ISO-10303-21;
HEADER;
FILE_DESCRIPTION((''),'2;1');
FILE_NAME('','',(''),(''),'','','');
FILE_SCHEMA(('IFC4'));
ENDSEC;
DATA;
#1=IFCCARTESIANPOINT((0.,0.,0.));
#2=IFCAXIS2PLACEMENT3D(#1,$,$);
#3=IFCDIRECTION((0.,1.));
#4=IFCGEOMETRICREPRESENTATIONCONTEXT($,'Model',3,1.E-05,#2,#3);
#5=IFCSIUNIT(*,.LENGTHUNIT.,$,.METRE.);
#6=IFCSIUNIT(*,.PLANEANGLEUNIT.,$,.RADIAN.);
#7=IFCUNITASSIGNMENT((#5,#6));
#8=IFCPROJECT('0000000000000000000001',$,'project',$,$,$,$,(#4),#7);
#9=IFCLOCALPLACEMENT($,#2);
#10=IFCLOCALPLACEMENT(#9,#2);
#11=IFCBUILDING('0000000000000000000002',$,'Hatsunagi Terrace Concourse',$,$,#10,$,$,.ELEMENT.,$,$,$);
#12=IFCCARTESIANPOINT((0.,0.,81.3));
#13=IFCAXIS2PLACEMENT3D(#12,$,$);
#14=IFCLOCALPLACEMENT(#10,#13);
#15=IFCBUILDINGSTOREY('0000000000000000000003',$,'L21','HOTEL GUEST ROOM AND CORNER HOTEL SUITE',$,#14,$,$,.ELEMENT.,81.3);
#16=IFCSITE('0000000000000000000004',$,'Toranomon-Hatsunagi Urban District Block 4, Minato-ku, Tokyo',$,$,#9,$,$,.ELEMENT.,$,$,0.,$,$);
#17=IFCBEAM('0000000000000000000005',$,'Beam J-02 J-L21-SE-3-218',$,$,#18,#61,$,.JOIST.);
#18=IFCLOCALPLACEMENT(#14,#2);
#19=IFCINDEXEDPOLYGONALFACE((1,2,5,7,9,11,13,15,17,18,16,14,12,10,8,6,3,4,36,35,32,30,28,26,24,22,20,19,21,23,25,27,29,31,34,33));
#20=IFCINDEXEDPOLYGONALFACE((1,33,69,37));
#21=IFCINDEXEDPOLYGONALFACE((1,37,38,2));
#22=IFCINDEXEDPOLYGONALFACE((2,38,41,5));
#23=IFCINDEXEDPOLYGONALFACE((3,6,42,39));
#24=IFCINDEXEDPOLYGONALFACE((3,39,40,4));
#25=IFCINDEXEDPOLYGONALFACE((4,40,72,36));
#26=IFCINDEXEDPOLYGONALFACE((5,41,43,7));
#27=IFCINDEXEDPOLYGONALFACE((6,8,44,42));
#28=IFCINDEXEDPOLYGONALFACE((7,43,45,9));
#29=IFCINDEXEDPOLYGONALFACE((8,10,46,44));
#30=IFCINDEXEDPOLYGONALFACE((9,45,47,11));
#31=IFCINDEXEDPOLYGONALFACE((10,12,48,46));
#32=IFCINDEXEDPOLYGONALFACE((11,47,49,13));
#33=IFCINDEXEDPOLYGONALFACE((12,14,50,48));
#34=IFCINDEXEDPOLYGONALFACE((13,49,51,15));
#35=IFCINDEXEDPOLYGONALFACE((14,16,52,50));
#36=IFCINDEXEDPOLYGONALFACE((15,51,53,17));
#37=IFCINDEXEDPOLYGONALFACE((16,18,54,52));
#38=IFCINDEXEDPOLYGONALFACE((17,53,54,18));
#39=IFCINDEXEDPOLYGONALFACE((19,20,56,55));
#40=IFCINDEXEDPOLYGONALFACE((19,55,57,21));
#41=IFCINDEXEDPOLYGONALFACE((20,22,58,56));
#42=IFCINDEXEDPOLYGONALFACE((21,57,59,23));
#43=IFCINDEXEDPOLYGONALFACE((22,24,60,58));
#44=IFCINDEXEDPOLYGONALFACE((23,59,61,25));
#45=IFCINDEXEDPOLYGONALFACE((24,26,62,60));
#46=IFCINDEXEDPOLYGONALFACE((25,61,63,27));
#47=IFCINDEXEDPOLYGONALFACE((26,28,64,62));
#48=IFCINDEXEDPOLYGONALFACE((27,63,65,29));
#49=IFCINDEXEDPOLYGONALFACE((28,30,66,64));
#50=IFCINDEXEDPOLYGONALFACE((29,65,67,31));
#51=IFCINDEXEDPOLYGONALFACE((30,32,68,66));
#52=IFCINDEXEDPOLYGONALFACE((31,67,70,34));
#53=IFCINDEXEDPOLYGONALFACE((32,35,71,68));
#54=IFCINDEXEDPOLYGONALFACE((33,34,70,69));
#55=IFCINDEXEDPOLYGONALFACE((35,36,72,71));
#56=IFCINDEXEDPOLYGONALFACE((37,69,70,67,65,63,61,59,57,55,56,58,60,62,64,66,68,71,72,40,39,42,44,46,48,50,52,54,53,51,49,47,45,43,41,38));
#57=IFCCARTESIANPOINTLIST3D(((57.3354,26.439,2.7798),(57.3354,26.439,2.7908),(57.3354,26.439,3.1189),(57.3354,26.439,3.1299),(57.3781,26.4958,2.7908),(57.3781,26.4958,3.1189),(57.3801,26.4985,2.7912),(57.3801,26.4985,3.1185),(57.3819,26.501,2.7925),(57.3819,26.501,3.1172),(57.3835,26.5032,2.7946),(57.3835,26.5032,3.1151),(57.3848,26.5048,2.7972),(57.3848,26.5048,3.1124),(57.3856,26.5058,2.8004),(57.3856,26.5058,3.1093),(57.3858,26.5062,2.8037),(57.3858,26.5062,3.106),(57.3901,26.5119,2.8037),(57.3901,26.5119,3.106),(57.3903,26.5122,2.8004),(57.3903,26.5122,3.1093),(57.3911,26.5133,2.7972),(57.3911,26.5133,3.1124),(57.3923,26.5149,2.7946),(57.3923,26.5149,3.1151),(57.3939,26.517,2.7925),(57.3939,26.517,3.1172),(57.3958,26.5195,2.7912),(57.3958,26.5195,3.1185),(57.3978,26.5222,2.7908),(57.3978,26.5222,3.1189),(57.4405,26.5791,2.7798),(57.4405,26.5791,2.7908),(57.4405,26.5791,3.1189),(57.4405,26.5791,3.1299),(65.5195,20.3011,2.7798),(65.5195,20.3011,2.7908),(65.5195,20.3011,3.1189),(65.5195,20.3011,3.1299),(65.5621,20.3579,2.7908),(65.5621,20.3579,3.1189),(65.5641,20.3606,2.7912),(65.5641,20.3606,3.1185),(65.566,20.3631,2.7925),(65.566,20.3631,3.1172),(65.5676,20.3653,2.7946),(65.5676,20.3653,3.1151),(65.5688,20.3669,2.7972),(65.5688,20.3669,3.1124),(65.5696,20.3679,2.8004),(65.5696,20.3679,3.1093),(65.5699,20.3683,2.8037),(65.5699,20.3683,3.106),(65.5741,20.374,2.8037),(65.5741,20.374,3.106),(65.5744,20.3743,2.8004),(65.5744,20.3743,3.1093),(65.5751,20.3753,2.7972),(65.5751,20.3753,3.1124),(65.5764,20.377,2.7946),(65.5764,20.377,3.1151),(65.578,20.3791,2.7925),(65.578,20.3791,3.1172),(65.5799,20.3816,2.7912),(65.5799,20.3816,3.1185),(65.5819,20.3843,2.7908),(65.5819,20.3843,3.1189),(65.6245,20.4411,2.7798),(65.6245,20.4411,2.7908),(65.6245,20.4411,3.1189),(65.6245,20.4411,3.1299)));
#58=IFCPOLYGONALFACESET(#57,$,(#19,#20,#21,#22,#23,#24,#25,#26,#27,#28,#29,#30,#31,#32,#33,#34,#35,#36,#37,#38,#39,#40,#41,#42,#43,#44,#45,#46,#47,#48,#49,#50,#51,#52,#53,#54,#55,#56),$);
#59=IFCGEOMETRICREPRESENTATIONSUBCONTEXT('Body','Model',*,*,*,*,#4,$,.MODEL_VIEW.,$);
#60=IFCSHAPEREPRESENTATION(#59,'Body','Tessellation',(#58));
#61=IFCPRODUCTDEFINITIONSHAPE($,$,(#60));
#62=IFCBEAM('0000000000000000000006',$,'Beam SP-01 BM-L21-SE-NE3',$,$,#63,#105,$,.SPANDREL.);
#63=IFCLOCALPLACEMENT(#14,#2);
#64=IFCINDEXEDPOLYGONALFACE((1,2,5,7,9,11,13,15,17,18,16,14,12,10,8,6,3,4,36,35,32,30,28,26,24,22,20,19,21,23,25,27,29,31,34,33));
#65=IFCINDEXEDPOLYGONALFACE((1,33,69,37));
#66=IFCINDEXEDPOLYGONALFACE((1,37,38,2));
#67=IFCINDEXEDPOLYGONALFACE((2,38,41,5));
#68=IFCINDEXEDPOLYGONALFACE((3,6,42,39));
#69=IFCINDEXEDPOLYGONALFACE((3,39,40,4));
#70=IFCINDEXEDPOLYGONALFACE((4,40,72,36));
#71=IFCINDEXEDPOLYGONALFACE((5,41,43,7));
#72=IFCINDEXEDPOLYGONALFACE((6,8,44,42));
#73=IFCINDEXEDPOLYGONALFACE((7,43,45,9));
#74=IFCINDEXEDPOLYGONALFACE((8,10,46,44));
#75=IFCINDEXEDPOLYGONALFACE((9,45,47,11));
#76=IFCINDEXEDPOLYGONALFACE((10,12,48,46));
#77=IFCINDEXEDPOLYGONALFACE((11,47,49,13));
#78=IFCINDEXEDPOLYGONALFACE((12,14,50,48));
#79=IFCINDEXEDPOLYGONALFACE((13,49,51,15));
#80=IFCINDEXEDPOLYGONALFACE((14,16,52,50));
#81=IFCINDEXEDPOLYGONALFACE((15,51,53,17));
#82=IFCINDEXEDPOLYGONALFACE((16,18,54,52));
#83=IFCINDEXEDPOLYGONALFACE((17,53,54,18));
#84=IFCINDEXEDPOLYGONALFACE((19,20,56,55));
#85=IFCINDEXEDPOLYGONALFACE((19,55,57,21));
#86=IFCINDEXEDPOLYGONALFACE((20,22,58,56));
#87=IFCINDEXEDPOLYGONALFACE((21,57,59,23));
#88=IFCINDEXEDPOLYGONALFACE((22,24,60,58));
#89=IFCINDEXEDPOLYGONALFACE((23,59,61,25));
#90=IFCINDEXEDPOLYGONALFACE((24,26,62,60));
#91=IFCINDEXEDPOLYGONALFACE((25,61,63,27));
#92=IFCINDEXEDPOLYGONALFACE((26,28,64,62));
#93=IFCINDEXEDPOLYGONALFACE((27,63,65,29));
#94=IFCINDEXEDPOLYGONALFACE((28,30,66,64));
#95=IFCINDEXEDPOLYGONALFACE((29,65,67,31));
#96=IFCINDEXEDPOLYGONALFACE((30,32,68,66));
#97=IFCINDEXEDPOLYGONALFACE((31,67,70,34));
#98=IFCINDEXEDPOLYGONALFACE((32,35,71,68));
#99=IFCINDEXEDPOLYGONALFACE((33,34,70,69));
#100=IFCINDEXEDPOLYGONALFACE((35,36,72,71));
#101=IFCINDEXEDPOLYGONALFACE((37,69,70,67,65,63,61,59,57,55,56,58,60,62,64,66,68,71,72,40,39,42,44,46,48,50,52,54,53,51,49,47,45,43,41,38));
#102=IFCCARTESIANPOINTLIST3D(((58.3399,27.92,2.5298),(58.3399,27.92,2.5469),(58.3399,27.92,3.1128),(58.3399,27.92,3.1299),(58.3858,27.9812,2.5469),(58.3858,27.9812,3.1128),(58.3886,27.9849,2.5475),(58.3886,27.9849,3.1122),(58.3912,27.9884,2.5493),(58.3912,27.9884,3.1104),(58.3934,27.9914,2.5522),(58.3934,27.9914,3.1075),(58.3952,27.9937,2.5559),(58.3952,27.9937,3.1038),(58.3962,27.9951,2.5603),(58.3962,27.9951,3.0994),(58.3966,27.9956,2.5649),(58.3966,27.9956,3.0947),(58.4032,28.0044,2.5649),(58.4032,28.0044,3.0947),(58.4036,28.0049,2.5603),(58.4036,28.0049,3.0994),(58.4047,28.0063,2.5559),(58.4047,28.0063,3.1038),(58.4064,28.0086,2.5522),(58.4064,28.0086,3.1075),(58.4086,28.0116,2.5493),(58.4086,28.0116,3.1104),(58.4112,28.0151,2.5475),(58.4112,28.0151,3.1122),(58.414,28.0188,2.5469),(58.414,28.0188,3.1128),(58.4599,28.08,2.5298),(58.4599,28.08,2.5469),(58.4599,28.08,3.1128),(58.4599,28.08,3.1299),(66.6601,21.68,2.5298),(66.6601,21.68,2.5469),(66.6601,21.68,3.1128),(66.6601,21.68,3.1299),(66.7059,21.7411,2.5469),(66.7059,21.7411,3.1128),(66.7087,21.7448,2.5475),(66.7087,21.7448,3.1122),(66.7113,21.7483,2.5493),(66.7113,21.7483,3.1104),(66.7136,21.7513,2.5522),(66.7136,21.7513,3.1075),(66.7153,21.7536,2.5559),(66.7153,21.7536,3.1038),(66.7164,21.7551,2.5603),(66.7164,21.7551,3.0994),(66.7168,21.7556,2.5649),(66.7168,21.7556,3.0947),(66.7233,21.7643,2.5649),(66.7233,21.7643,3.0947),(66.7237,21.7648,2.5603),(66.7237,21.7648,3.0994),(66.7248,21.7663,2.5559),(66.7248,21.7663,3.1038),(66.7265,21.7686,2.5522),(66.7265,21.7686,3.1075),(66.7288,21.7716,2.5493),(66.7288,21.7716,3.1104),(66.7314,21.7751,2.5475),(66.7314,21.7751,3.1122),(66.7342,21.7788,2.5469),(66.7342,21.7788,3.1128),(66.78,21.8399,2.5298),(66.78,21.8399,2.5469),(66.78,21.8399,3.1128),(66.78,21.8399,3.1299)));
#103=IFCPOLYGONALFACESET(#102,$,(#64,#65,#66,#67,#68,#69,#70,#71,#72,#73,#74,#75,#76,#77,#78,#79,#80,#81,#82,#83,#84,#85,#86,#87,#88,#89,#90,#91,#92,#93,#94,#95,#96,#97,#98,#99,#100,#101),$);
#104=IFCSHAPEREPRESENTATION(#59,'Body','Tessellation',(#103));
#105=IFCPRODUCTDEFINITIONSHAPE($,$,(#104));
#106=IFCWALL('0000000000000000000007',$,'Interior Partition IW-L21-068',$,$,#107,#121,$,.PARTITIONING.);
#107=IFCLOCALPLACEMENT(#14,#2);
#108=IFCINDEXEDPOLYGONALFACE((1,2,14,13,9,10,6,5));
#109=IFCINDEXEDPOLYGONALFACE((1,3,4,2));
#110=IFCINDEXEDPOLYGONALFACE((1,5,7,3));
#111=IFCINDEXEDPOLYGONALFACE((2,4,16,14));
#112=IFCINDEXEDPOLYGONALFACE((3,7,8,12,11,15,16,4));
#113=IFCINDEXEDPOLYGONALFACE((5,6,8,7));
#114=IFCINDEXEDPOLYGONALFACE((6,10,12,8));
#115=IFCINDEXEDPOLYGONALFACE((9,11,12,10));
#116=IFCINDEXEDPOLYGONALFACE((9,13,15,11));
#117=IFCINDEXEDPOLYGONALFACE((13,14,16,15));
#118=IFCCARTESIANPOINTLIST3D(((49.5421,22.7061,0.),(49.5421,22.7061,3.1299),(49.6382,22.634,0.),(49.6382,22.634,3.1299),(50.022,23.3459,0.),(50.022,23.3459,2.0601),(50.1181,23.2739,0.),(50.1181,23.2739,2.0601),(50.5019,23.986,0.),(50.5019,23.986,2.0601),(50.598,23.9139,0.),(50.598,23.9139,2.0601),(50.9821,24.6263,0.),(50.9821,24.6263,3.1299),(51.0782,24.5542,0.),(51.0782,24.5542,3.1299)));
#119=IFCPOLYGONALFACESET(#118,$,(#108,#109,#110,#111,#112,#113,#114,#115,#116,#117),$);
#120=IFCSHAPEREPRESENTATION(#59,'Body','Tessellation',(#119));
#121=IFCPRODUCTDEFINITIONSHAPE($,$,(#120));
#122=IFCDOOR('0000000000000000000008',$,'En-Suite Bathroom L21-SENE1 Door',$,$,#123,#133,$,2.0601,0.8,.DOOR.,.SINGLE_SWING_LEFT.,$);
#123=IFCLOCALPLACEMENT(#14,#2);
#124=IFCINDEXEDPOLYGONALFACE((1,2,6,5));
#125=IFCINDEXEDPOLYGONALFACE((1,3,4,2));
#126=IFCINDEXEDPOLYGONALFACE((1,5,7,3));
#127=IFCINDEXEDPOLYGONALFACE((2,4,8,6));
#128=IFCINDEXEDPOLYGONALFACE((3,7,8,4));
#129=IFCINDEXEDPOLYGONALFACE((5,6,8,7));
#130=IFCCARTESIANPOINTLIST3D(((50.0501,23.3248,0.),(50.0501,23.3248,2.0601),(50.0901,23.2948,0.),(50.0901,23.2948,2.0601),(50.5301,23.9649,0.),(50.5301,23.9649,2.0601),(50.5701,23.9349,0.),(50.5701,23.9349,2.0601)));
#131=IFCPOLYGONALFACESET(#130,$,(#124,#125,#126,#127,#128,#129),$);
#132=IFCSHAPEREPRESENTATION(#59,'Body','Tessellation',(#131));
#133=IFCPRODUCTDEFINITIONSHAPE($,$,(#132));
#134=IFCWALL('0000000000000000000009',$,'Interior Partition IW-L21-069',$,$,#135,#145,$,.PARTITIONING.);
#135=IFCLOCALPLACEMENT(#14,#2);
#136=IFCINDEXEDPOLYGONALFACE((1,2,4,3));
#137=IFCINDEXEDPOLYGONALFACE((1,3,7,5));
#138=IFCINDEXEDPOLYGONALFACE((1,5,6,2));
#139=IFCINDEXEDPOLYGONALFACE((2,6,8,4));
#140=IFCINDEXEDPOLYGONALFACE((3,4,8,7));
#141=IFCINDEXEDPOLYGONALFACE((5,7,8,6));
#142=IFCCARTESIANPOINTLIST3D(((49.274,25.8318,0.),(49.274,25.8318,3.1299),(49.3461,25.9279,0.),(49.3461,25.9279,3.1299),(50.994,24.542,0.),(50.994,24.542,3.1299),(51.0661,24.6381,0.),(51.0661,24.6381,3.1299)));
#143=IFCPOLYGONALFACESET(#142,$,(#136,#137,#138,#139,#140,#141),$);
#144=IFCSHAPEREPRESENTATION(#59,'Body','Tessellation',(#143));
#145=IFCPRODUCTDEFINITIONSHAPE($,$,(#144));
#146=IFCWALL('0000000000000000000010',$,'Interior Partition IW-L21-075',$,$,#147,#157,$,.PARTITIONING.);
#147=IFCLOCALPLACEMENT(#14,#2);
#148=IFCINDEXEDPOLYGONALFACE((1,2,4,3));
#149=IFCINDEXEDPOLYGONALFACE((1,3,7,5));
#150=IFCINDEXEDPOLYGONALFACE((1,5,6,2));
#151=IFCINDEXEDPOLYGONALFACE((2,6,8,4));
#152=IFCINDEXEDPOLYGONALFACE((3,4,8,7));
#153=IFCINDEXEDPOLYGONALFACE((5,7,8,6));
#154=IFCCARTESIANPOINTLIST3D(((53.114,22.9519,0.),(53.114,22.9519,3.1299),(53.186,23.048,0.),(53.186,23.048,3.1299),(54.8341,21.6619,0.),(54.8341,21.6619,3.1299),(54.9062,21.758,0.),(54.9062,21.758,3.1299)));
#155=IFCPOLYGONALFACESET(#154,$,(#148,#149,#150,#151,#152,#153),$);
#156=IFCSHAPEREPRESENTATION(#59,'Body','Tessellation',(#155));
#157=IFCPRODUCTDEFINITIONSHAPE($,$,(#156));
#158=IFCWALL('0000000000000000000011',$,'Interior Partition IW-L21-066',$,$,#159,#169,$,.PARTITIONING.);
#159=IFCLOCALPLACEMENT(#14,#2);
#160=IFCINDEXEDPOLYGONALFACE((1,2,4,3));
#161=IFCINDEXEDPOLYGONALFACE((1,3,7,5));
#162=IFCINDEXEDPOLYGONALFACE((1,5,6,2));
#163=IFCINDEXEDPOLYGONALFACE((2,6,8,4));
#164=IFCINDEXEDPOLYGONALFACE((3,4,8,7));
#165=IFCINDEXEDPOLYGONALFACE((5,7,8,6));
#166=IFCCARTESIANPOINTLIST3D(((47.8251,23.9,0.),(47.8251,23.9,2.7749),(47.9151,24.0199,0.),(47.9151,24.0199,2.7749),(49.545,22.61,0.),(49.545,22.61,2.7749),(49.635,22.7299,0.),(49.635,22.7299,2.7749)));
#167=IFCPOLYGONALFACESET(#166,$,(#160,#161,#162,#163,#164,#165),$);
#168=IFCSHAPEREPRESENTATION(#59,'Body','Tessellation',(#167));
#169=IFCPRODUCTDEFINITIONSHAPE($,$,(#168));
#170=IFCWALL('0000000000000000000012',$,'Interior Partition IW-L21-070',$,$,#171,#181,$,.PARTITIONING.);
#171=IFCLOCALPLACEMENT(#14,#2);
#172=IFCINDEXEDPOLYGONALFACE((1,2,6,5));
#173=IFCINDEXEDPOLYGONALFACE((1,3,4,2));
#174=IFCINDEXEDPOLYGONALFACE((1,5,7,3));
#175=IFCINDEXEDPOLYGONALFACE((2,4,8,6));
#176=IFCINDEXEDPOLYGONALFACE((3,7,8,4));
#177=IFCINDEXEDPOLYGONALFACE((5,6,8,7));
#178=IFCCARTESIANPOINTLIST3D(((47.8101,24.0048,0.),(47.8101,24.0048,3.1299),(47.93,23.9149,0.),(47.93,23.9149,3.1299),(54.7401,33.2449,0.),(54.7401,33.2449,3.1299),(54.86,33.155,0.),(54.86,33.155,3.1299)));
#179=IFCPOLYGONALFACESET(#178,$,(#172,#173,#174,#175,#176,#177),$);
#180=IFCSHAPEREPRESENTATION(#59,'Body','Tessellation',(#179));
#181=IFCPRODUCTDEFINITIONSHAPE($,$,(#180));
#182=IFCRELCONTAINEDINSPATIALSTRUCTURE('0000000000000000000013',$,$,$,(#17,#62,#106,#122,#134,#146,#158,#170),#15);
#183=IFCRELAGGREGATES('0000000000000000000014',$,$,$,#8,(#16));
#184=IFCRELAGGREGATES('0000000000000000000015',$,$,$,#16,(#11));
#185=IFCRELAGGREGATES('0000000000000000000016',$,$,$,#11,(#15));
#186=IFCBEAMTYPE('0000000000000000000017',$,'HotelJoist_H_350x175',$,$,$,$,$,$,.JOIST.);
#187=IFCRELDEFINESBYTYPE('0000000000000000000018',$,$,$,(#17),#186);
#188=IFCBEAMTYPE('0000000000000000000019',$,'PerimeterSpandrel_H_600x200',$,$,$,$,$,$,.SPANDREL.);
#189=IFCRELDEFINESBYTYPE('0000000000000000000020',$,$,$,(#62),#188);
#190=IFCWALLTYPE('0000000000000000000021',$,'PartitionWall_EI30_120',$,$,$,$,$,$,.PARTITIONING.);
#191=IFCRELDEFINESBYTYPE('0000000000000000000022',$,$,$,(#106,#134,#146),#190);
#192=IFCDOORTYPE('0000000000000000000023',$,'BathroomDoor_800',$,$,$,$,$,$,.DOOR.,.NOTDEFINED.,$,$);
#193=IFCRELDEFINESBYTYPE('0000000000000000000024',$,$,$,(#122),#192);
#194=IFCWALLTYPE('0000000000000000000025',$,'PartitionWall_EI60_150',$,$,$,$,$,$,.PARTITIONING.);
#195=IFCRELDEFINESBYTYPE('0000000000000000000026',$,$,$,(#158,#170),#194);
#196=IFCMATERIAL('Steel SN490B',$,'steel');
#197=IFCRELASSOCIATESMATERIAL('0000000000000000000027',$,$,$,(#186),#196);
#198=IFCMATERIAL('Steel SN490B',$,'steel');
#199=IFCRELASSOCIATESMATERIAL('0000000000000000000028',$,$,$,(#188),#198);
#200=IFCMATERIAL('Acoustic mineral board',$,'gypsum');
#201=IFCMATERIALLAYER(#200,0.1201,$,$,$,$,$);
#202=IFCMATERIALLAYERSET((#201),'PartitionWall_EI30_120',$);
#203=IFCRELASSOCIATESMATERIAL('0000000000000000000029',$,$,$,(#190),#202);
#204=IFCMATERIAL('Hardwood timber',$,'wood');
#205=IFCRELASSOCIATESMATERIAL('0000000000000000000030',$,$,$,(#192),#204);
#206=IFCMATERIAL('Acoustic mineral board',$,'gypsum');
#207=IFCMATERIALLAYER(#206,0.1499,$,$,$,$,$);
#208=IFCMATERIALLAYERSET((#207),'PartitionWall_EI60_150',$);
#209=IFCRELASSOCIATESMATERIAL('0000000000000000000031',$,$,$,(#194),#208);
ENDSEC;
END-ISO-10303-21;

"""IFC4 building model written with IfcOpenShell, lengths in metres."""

from ifc_helpers import new_model, si_unit, direction, frame, frame_2d, origin, origin_2d, place, context, subcontext, project, spatial, rectangle, i_section, extrude, material, layer, layer_set, material_profile, profile_set, type_object, element, fill, save


model = new_model("IFC4")

# Units and contexts
model_context = context("Model", 3, precision=1e-05, world=origin(), true_north=direction((0.0, 1.0)))
body_context = subcontext(model_context, "Body", "Model", "MODEL_VIEW")
ifc_project = project(units=[si_unit("LENGTHUNIT", "METRE"), si_unit("PLANEANGLEUNIT", "RADIAN")], contexts=[model_context])

# Site, building, storey
site_placement = place(None, origin())
site = spatial("IfcSite", under=ifc_project, at=site_placement, Name="Toranomon-Hatsunagi Urban District Block 4, Minato-ku, Tokyo", CompositionType="ELEMENT", RefElevation=0.0)
building_placement = place(site_placement, origin())
building = spatial("IfcBuilding", under=site, at=building_placement, Name="Hatsunagi Terrace Concourse", CompositionType="ELEMENT")
storey_placement = place(building_placement, frame((0.0, 0.0, 81.3)))
storey = spatial("IfcBuildingStorey", under=building, at=storey_placement, Name="L21", Description="HOTEL GUEST ROOM AND CORNER HOTEL SUITE", CompositionType="ELEMENT", Elevation=81.3)

# Beams
ifc_material_1 = material(Name="Steel SN490B", Category="steel")
ifc_material_profile_1 = material_profile(ifc_material_1, i_section(OverallWidth=0.175, OverallDepth=0.3501, WebThickness=0.0071, FlangeThickness=0.011, FilletRadius=0.0129, at=origin_2d()), Name="H-350x175x7x11")
ifc_profile_set_1 = profile_set([ifc_material_profile_1], Name="Steel SN490B")
beam_type_1 = type_object("IfcBeamType", Name="HotelJoist_H_350x175", PredefinedType="JOIST", material=ifc_profile_set_1)
beam_1_placement = place(storey_placement, frame((57.3879, 26.509, 2.9548), z_axis=(0.800006, -0.599992, 0.0), x_axis=(0.599992, 0.800006, 0.0)))
element("IfcBeam", 1, at=beam_1_placement, inside=storey, type_object=beam_type_1, Name="Beam J-02 J-L21-SE-3-218", PredefinedType="JOIST", context=body_context, shape_type="SweptSolid", body=[
    extrude(i_section(OverallWidth=0.175, OverallDepth=0.3501, WebThickness=0.0071, FlangeThickness=0.011, FilletRadius=0.0129, at=origin_2d()), origin(), (0.0, 0.0, 1.0), 10.23),
])
ifc_material_2 = material(Name="Steel SN490B", Category="steel")
ifc_material_profile_2 = material_profile(ifc_material_2, i_section(OverallWidth=0.2, OverallDepth=0.6001, WebThickness=0.011, FlangeThickness=0.0171, FilletRadius=0.0181, at=origin_2d()), Name="H-600x200x11x17")
ifc_profile_set_2 = profile_set([ifc_material_profile_2], Name="Steel SN490B")
beam_type_2 = type_object("IfcBeamType", Name="PerimeterSpandrel_H_600x200", PredefinedType="SPANDREL", material=ifc_profile_set_2)
beam_2_placement = place(storey_placement, frame((58.3999, 28.0, 2.8298), z_axis=(0.800003, -0.599996, 0.0), x_axis=(0.599996, 0.800003, 0.0)))
element("IfcBeam", 2, at=beam_2_placement, inside=storey, type_object=beam_type_2, Name="Beam SP-01 BM-L21-SE-NE3", PredefinedType="SPANDREL", context=body_context, shape_type="SweptSolid", body=[
    extrude(i_section(OverallWidth=0.2, OverallDepth=0.6001, WebThickness=0.011, FlangeThickness=0.0171, FilletRadius=0.0181, at=origin_2d()), origin(), (0.0, 0.0, 1.0), 10.4001),
])

# Wall, opening, door
ifc_material_3 = material(Name="Acoustic mineral board", Category="gypsum")
ifc_layer_1 = layer(ifc_material_3, 0.1201)
ifc_layer_set_1 = layer_set([ifc_layer_1], Name="PartitionWall_EI30_120")
wall_type_1 = type_object("IfcWallType", Name="PartitionWall_EI30_120", PredefinedType="PARTITIONING", material=ifc_layer_set_1)
wall_1_placement = place(storey_placement, frame((49.5901, 22.6699, 0.0), z_axis=(0.0, 0.0, 1.0), x_axis=(0.599951, 0.800037, 0.0)))
wall_1 = element("IfcWall", 3, at=wall_1_placement, inside=storey, type_object=wall_type_1, Name="Interior Partition IW-L21-068", PredefinedType="PARTITIONING", context=body_context, shape_type="SweptSolid", body=[
    extrude(rectangle(XDim=2.4001, YDim=0.1201, at=frame_2d((1.2002, 0.0))), origin(), (0.0, 0.0, 1.0), 3.1299),
])
opening_1_placement = place(wall_1_placement, frame((0.8, 0.0, 0.0)))
opening_1 = element("IfcOpeningElement", 4, at=opening_1_placement, cuts=wall_1, PredefinedType="OPENING", context=body_context, shape_type="SweptSolid", body=[
    extrude(rectangle(XDim=0.8, YDim=2.0601, at=frame_2d((0.3999, 1.03))), frame((0.0, 0.0701, 0.0), z_axis=(0.0, -1.0, 0.0), x_axis=(1.0, 0.0, 0.0)), (0.0, 0.0, 1.0), 0.1401),
])
ifc_material_4 = material(Name="Hardwood timber", Category="wood")
door_type_1 = type_object("IfcDoorType", Name="BathroomDoor_800", OperationType="NOTDEFINED", PredefinedType="DOOR", material=ifc_material_4)
door_1_placement = place(opening_1_placement, origin())
door_1 = element("IfcDoor", 5, at=door_1_placement, inside=storey, type_object=door_type_1, Name="En-Suite Bathroom L21-SENE1 Door", OperationType="SINGLE_SWING_LEFT", OverallHeight=2.0601, OverallWidth=0.8, PredefinedType="DOOR", context=body_context, shape_type="SweptSolid", body=[
    extrude(rectangle(XDim=0.8, YDim=2.0601, at=frame_2d((0.3999, 1.03))), frame((0.0, 0.0249, 0.0), z_axis=(0.0, -1.0, 0.0), x_axis=(1.0, 0.0, 0.0)), (0.0, 0.0, 1.0), 0.05),
])
fill(opening_1, door_1)

# Walls
wall_2_placement = place(storey_placement, frame((49.3101, 25.8799, 0.0), z_axis=(0.0, 0.0, 1.0), x_axis=(0.800041, -0.599945, 0.0)))
element("IfcWall", 6, at=wall_2_placement, inside=storey, type_object=wall_type_1, Name="Interior Partition IW-L21-069", PredefinedType="PARTITIONING", context=body_context, shape_type="SweptSolid", body=[
    extrude(rectangle(XDim=2.1499, YDim=0.1201, at=frame_2d((1.075, 0.0))), origin(), (0.0, 0.0, 1.0), 3.1299),
])
wall_3_placement = place(storey_placement, frame((53.1499, 23.0, 0.0), z_axis=(0.0, 0.0, 1.0), x_axis=(0.800027, -0.599964, 0.0)))
element("IfcWall", 7, at=wall_3_placement, inside=storey, type_object=wall_type_1, Name="Interior Partition IW-L21-075", PredefinedType="PARTITIONING", context=body_context, shape_type="SweptSolid", body=[
    extrude(rectangle(XDim=2.1501, YDim=0.1201, at=frame_2d((1.0752, 0.0))), origin(), (0.0, 0.0, 1.0), 3.1299),
])
ifc_material_5 = material(Name="Acoustic mineral board", Category="gypsum")
ifc_layer_2 = layer(ifc_material_5, 0.1499)
ifc_layer_set_2 = layer_set([ifc_layer_2], Name="PartitionWall_EI60_150")
wall_type_2 = type_object("IfcWallType", Name="PartitionWall_EI60_150", PredefinedType="PARTITIONING", material=ifc_layer_set_2)
wall_4_placement = place(storey_placement, frame((47.8701, 23.96, 0.0), z_axis=(0.0, 0.0, 1.0), x_axis=(0.799986, -0.600018, 0.0)))
element("IfcWall", 8, at=wall_4_placement, inside=storey, type_object=wall_type_2, Name="Interior Partition IW-L21-066", PredefinedType="PARTITIONING", context=body_context, shape_type="SweptSolid", body=[
    extrude(rectangle(XDim=2.1499, YDim=0.1499, at=frame_2d((1.075, 0.0))), origin(), (0.0, 0.0, 1.0), 2.7749),
])

# Wall
wall_5_placement = place(storey_placement, frame((47.8701, 23.96, 0.0), z_axis=(0.0, 0.0, 1.0), x_axis=(0.599997, 0.800003, 0.0)))
element("IfcWall", 9, at=wall_5_placement, inside=storey, type_object=wall_type_2, Name="Interior Partition IW-L21-070", PredefinedType="PARTITIONING", context=body_context, shape_type="SweptSolid", body=[
    extrude(rectangle(XDim=11.55, YDim=0.1499, at=frame_2d((5.7749, 0.0))), origin(), (0.0, 0.0, 1.0), 3.1299),
])

save(model, "model.ifc")
